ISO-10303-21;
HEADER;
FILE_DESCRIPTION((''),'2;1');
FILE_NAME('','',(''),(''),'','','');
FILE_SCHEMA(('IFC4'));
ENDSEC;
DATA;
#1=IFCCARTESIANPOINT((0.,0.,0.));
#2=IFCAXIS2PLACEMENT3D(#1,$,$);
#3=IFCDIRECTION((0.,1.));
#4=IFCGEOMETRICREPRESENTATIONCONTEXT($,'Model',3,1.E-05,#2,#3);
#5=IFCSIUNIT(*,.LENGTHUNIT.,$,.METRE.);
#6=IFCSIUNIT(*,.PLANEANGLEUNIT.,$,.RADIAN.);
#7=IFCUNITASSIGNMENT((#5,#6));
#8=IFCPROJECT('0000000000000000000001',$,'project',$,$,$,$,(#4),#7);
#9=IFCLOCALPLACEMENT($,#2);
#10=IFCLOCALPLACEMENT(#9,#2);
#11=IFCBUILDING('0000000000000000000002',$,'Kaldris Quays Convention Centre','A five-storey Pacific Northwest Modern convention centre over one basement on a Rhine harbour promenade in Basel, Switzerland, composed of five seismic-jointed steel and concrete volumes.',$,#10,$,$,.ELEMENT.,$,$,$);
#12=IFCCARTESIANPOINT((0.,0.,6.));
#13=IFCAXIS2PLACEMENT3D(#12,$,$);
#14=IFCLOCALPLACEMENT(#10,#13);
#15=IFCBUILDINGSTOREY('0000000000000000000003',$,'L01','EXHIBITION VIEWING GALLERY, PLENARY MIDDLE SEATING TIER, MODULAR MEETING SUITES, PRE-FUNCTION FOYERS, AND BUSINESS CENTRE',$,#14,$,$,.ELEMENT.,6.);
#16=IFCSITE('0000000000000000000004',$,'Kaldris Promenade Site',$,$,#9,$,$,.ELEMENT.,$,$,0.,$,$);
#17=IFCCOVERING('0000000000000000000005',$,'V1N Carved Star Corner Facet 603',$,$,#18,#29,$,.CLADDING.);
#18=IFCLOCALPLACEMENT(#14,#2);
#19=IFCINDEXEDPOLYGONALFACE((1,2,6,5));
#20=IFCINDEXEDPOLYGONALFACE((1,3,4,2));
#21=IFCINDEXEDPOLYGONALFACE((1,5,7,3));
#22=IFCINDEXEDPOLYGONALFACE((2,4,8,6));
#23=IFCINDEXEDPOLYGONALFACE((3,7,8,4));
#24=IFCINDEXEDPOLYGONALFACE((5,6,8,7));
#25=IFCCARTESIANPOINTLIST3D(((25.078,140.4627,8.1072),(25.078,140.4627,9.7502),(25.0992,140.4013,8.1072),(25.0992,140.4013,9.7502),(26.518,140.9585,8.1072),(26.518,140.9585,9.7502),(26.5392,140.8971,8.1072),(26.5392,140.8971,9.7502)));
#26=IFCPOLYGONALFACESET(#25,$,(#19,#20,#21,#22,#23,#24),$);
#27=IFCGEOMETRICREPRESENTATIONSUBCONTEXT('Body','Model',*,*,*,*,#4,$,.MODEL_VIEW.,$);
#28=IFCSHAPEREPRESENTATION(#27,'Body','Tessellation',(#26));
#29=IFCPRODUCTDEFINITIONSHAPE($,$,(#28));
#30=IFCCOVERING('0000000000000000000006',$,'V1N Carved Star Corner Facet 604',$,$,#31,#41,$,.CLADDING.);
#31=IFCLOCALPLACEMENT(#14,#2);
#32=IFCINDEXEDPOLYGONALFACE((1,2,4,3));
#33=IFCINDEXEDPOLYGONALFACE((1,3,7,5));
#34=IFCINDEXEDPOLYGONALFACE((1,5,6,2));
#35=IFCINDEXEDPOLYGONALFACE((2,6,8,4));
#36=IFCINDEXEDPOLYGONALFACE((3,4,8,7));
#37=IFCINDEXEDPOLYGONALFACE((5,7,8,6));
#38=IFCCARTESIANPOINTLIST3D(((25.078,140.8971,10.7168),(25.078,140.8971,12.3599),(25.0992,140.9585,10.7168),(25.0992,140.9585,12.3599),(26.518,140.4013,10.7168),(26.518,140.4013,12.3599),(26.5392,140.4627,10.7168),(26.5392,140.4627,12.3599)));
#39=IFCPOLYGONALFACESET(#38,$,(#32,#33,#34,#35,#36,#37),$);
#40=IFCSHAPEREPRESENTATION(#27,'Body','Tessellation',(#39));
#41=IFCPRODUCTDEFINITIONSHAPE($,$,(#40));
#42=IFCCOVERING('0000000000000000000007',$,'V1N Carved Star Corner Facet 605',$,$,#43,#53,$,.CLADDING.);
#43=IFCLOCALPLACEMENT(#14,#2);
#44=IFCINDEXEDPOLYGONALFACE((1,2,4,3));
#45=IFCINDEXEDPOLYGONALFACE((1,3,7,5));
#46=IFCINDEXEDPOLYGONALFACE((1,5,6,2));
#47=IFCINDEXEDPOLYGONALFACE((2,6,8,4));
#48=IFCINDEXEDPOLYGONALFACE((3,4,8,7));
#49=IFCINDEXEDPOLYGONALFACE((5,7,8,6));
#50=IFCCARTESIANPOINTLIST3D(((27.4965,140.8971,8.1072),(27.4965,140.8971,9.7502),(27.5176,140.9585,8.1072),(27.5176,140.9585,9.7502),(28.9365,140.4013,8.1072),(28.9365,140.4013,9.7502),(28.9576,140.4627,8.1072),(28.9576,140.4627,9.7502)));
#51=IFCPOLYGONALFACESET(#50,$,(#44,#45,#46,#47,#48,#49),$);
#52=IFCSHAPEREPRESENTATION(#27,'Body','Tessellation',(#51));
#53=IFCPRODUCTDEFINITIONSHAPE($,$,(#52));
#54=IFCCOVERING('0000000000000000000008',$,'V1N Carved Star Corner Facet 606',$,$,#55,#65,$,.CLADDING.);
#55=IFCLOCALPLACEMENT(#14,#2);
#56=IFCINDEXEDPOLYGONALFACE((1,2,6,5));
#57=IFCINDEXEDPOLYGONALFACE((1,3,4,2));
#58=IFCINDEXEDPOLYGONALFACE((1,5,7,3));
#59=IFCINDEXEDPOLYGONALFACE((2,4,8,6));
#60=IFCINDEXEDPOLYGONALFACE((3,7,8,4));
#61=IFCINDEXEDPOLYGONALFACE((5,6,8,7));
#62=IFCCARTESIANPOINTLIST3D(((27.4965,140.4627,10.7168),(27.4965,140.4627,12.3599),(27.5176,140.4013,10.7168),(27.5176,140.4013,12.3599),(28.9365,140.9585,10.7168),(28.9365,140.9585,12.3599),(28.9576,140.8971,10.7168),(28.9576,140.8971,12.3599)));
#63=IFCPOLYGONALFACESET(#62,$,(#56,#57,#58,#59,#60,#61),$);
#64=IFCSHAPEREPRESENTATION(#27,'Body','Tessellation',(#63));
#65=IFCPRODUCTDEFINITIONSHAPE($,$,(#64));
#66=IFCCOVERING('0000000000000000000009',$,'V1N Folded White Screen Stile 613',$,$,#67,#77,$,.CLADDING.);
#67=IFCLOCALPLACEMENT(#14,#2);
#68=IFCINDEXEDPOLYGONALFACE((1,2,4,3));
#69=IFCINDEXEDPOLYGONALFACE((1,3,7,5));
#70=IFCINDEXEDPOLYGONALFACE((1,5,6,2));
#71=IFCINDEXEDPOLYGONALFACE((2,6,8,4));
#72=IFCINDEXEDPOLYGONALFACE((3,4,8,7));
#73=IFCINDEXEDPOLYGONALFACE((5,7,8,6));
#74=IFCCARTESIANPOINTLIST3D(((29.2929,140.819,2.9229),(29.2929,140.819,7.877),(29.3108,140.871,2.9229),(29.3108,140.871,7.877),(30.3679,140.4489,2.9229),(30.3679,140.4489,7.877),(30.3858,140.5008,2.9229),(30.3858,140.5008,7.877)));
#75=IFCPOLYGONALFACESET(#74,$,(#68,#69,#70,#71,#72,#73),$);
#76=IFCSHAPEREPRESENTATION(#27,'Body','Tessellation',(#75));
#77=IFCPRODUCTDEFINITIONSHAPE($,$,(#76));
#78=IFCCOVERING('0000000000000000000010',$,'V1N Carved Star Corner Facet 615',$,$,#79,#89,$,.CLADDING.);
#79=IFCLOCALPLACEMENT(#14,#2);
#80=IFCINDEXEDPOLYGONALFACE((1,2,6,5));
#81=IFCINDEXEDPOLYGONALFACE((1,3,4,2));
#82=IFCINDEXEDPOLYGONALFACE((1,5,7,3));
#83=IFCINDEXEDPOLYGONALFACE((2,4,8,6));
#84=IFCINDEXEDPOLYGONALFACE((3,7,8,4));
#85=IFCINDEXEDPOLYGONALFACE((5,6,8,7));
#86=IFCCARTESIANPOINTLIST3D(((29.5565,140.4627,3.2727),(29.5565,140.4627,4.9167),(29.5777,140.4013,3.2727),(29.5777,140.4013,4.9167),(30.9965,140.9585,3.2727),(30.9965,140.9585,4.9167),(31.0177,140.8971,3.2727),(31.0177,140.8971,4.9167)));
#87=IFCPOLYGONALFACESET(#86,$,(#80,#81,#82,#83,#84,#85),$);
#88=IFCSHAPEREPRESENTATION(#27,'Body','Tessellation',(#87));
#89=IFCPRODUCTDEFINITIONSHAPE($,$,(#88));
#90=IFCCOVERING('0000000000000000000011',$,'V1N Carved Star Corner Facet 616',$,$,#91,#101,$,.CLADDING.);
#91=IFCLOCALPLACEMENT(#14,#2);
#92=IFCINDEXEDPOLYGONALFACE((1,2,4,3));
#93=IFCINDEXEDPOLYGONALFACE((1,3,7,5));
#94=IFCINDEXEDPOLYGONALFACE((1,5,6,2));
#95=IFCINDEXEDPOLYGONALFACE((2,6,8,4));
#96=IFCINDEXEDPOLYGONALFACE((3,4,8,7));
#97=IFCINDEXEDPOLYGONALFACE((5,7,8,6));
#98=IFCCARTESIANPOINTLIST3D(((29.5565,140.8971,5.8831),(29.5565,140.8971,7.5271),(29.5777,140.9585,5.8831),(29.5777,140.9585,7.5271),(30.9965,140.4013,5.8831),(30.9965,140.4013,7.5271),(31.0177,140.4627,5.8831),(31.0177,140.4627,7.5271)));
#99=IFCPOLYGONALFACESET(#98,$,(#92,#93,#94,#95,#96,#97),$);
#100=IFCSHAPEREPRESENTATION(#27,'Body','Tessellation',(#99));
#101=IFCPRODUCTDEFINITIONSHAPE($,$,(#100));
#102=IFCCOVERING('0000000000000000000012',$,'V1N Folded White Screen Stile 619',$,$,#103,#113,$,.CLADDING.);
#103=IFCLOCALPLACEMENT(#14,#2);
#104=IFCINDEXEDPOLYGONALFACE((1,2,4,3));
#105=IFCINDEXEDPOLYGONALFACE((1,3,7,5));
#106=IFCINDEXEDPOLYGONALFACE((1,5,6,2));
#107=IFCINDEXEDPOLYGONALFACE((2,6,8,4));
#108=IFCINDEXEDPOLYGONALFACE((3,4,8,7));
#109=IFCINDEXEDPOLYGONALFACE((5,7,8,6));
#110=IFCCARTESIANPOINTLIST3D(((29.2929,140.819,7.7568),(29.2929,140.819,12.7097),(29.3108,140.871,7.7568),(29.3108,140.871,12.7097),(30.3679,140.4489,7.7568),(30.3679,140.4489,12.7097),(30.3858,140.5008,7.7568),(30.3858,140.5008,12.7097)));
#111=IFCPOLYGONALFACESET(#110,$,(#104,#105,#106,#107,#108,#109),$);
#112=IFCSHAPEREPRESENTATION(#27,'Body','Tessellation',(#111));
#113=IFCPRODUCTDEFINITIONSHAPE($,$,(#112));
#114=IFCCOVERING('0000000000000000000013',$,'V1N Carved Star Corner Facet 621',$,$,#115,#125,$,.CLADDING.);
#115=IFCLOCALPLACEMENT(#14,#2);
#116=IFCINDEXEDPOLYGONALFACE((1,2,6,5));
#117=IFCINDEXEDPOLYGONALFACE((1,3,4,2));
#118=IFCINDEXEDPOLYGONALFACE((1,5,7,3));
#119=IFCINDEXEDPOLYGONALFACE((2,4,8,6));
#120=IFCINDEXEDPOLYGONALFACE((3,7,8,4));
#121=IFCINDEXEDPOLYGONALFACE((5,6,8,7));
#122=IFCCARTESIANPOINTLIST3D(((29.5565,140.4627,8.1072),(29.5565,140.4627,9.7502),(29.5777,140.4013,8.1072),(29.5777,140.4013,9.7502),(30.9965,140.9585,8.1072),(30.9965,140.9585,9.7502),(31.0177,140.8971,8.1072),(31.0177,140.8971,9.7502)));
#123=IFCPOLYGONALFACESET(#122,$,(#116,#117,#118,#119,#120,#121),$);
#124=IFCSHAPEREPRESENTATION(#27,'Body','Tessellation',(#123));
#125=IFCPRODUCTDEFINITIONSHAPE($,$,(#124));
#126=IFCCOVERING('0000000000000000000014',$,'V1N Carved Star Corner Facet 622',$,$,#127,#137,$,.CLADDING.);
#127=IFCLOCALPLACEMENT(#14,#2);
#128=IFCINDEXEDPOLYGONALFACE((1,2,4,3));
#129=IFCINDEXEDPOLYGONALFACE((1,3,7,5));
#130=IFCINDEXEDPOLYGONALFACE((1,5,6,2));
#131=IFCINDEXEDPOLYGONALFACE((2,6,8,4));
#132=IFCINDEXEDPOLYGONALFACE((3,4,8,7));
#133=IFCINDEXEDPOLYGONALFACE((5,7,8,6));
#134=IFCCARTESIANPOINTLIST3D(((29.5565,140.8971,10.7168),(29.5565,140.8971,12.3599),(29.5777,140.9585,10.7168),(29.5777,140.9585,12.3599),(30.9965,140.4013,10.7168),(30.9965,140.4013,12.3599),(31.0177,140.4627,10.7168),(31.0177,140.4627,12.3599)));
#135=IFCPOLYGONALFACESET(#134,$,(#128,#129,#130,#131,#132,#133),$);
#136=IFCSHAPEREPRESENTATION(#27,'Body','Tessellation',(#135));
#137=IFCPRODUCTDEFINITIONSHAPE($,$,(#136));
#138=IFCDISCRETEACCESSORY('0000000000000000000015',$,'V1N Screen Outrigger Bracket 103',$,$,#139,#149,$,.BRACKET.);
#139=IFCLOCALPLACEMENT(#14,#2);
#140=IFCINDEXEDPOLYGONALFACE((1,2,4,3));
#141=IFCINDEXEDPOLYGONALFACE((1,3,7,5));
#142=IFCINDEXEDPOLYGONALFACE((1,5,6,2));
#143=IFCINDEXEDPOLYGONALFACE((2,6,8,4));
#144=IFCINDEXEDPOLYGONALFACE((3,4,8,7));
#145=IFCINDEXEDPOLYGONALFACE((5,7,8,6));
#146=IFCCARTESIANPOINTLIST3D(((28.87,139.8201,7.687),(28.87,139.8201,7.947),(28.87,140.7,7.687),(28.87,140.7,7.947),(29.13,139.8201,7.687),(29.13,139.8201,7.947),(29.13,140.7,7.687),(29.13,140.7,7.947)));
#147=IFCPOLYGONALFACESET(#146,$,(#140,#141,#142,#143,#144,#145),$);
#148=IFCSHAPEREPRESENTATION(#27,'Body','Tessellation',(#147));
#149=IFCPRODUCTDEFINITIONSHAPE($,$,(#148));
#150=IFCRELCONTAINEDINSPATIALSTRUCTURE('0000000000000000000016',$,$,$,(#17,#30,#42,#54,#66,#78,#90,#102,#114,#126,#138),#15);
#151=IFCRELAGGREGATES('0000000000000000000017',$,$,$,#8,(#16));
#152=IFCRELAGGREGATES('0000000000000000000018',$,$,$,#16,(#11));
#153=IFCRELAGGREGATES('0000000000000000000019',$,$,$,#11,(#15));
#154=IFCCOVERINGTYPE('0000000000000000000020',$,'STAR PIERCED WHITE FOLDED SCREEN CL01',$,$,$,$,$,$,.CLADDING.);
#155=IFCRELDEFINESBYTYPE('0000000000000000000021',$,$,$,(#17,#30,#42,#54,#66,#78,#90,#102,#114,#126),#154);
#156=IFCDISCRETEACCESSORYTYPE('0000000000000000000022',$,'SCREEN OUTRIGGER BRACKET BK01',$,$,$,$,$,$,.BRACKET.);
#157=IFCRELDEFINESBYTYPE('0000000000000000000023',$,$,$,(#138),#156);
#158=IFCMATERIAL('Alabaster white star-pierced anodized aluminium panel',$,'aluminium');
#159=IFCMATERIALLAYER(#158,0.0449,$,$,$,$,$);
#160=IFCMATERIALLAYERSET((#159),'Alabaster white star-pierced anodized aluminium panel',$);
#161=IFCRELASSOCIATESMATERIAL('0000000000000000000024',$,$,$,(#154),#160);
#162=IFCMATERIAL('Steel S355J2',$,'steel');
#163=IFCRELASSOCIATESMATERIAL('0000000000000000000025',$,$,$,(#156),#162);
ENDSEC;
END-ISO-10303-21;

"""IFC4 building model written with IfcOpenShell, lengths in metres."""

from ifc_helpers import new_model, si_unit, direction, frame, origin, origin_2d, place, context, subcontext, project, spatial, rectangle, extrude, material, layer, layer_set, type_object, element, save


model = new_model("IFC4")

# Units and contexts
model_context = context("Model", 3, precision=1e-05, world=origin(), true_north=direction((0.0, 1.0)))
body_context = subcontext(model_context, "Body", "Model", "MODEL_VIEW")
ifc_project = project(units=[si_unit("LENGTHUNIT", "METRE"), si_unit("PLANEANGLEUNIT", "RADIAN")], contexts=[model_context])

# Site, building, storey
site_placement = place(None, origin())
site = spatial("IfcSite", under=ifc_project, at=site_placement, Name="Kaldris Promenade Site", CompositionType="ELEMENT", RefElevation=0.0)
building_placement = place(site_placement, origin())
building = spatial("IfcBuilding", under=site, at=building_placement, Name="Kaldris Quays Convention Centre", Description="A five-storey Pacific Northwest Modern convention centre over one basement on a Rhine harbour promenade in Basel, Switzerland, composed of five seismic-jointed steel and concrete volumes.", CompositionType="ELEMENT")
storey_placement = place(building_placement, frame((0.0, 0.0, 6.0)))
storey = spatial("IfcBuildingStorey", under=building, at=storey_placement, Name="L01", Description="EXHIBITION VIEWING GALLERY, PLENARY MIDDLE SEATING TIER, MODULAR MEETING SUITES, PRE-FUNCTION FOYERS, AND BUSINESS CENTRE", CompositionType="ELEMENT", Elevation=6.0)

# Coverings
ifc_material_1 = material(Name="Alabaster white star-pierced anodized aluminium panel", Category="aluminium")
ifc_layer = layer(ifc_material_1, 0.0449)
ifc_layer_set = layer_set([ifc_layer], Name="Alabaster white star-pierced anodized aluminium panel")
covering_type = type_object("IfcCoveringType", Name="STAR PIERCED WHITE FOLDED SCREEN CL01", PredefinedType="CLADDING", material=ifc_layer_set)
for number, where, z_axis, x_axis, name in (
    (1, (25.8086, 140.6799, 8.1072), (0.0, 0.0, 1.0), (0.945519, 0.325568, 0.0), "V1N Carved Star Corner Facet 603"),
    (2, (25.8086, 140.6799, 10.7168), (0.0, 0.0, 1.0), (0.945519, -0.325568, 0.0), "V1N Carved Star Corner Facet 604"),
    (3, (28.2271, 140.6799, 8.1072), (0.0, 0.0, 1.0), (0.945519, -0.325568, 0.0), "V1N Carved Star Corner Facet 605"),
    (4, (28.2271, 140.6799, 10.7168), (0.0, 0.0, 1.0), (0.945519, 0.325568, 0.0), "V1N Carved Star Corner Facet 606"),
):
    element("IfcCovering", number, at=place(storey_placement, frame(where, z_axis=z_axis, x_axis=x_axis)), inside=storey, type_object=covering_type, Name=name, PredefinedType="CLADDING", context=body_context, shape_type="SweptSolid", body=[
        extrude(rectangle(XDim=1.5229, YDim=0.0649, at=origin_2d()), origin(), (0.0, 0.0, 1.0), 1.6431),
    ])
covering_1_placement = place(storey_placement, frame((29.8394, 140.6599, 2.9229), z_axis=(0.0, 0.0, 1.0), x_axis=(0.945519, -0.325568, 0.0)))
element("IfcCovering", 5, at=covering_1_placement, inside=storey, type_object=covering_type, Name="V1N Folded White Screen Stile 613", PredefinedType="CLADDING", context=body_context, shape_type="SweptSolid", body=[
    extrude(rectangle(XDim=1.137, YDim=0.0549, at=origin_2d()), origin(), (0.0, 0.0, 1.0), 4.9541),
])
for number, where, z_axis, x_axis, name in (
    (6, (30.2871, 140.6799, 3.2727), (0.0, 0.0, 1.0), (0.945519, 0.325568, 0.0), "V1N Carved Star Corner Facet 615"),
    (7, (30.2871, 140.6799, 5.8831), (0.0, 0.0, 1.0), (0.945519, -0.325568, 0.0), "V1N Carved Star Corner Facet 616"),
):
    element("IfcCovering", number, at=place(storey_placement, frame(where, z_axis=z_axis, x_axis=x_axis)), inside=storey, type_object=covering_type, Name=name, PredefinedType="CLADDING", context=body_context, shape_type="SweptSolid", body=[
        extrude(rectangle(XDim=1.5229, YDim=0.0649, at=origin_2d()), origin(), (0.0, 0.0, 1.0), 1.644),
    ])
covering_2_placement = place(storey_placement, frame((29.8394, 140.6599, 7.7568), z_axis=(0.0, 0.0, 1.0), x_axis=(0.945519, -0.325568, 0.0)))
element("IfcCovering", 8, at=covering_2_placement, inside=storey, type_object=covering_type, Name="V1N Folded White Screen Stile 619", PredefinedType="CLADDING", context=body_context, shape_type="SweptSolid", body=[
    extrude(rectangle(XDim=1.137, YDim=0.0549, at=origin_2d()), origin(), (0.0, 0.0, 1.0), 4.9529),
])
for number, where, z_axis, x_axis, name in (
    (9, (30.2871, 140.6799, 8.1072), (0.0, 0.0, 1.0), (0.945519, 0.325568, 0.0), "V1N Carved Star Corner Facet 621"),
    (10, (30.2871, 140.6799, 10.7168), (0.0, 0.0, 1.0), (0.945519, -0.325568, 0.0), "V1N Carved Star Corner Facet 622"),
):
    element("IfcCovering", number, at=place(storey_placement, frame(where, z_axis=z_axis, x_axis=x_axis)), inside=storey, type_object=covering_type, Name=name, PredefinedType="CLADDING", context=body_context, shape_type="SweptSolid", body=[
        extrude(rectangle(XDim=1.5229, YDim=0.0649, at=origin_2d()), origin(), (0.0, 0.0, 1.0), 1.6431),
    ])

# Discrete accessory
ifc_material_2 = material(Name="Steel S355J2", Category="steel")
discrete_accessory_type = type_object("IfcDiscreteAccessoryType", Name="SCREEN OUTRIGGER BRACKET BK01", PredefinedType="BRACKET", material=ifc_material_2)
discrete_accessory_placement = place(storey_placement, frame((29.0, 140.26, 7.687), z_axis=(0.0, 0.0, 1.0), x_axis=(1.0, 0.0, 0.0)))
element("IfcDiscreteAccessory", 11, at=discrete_accessory_placement, inside=storey, type_object=discrete_accessory_type, Name="V1N Screen Outrigger Bracket 103", PredefinedType="BRACKET", context=body_context, shape_type="SweptSolid", body=[
    extrude(rectangle(XDim=0.26, YDim=0.8799, at=origin_2d()), origin(), (0.0, 0.0, 1.0), 0.26),
])

save(model, "model.ifc")
